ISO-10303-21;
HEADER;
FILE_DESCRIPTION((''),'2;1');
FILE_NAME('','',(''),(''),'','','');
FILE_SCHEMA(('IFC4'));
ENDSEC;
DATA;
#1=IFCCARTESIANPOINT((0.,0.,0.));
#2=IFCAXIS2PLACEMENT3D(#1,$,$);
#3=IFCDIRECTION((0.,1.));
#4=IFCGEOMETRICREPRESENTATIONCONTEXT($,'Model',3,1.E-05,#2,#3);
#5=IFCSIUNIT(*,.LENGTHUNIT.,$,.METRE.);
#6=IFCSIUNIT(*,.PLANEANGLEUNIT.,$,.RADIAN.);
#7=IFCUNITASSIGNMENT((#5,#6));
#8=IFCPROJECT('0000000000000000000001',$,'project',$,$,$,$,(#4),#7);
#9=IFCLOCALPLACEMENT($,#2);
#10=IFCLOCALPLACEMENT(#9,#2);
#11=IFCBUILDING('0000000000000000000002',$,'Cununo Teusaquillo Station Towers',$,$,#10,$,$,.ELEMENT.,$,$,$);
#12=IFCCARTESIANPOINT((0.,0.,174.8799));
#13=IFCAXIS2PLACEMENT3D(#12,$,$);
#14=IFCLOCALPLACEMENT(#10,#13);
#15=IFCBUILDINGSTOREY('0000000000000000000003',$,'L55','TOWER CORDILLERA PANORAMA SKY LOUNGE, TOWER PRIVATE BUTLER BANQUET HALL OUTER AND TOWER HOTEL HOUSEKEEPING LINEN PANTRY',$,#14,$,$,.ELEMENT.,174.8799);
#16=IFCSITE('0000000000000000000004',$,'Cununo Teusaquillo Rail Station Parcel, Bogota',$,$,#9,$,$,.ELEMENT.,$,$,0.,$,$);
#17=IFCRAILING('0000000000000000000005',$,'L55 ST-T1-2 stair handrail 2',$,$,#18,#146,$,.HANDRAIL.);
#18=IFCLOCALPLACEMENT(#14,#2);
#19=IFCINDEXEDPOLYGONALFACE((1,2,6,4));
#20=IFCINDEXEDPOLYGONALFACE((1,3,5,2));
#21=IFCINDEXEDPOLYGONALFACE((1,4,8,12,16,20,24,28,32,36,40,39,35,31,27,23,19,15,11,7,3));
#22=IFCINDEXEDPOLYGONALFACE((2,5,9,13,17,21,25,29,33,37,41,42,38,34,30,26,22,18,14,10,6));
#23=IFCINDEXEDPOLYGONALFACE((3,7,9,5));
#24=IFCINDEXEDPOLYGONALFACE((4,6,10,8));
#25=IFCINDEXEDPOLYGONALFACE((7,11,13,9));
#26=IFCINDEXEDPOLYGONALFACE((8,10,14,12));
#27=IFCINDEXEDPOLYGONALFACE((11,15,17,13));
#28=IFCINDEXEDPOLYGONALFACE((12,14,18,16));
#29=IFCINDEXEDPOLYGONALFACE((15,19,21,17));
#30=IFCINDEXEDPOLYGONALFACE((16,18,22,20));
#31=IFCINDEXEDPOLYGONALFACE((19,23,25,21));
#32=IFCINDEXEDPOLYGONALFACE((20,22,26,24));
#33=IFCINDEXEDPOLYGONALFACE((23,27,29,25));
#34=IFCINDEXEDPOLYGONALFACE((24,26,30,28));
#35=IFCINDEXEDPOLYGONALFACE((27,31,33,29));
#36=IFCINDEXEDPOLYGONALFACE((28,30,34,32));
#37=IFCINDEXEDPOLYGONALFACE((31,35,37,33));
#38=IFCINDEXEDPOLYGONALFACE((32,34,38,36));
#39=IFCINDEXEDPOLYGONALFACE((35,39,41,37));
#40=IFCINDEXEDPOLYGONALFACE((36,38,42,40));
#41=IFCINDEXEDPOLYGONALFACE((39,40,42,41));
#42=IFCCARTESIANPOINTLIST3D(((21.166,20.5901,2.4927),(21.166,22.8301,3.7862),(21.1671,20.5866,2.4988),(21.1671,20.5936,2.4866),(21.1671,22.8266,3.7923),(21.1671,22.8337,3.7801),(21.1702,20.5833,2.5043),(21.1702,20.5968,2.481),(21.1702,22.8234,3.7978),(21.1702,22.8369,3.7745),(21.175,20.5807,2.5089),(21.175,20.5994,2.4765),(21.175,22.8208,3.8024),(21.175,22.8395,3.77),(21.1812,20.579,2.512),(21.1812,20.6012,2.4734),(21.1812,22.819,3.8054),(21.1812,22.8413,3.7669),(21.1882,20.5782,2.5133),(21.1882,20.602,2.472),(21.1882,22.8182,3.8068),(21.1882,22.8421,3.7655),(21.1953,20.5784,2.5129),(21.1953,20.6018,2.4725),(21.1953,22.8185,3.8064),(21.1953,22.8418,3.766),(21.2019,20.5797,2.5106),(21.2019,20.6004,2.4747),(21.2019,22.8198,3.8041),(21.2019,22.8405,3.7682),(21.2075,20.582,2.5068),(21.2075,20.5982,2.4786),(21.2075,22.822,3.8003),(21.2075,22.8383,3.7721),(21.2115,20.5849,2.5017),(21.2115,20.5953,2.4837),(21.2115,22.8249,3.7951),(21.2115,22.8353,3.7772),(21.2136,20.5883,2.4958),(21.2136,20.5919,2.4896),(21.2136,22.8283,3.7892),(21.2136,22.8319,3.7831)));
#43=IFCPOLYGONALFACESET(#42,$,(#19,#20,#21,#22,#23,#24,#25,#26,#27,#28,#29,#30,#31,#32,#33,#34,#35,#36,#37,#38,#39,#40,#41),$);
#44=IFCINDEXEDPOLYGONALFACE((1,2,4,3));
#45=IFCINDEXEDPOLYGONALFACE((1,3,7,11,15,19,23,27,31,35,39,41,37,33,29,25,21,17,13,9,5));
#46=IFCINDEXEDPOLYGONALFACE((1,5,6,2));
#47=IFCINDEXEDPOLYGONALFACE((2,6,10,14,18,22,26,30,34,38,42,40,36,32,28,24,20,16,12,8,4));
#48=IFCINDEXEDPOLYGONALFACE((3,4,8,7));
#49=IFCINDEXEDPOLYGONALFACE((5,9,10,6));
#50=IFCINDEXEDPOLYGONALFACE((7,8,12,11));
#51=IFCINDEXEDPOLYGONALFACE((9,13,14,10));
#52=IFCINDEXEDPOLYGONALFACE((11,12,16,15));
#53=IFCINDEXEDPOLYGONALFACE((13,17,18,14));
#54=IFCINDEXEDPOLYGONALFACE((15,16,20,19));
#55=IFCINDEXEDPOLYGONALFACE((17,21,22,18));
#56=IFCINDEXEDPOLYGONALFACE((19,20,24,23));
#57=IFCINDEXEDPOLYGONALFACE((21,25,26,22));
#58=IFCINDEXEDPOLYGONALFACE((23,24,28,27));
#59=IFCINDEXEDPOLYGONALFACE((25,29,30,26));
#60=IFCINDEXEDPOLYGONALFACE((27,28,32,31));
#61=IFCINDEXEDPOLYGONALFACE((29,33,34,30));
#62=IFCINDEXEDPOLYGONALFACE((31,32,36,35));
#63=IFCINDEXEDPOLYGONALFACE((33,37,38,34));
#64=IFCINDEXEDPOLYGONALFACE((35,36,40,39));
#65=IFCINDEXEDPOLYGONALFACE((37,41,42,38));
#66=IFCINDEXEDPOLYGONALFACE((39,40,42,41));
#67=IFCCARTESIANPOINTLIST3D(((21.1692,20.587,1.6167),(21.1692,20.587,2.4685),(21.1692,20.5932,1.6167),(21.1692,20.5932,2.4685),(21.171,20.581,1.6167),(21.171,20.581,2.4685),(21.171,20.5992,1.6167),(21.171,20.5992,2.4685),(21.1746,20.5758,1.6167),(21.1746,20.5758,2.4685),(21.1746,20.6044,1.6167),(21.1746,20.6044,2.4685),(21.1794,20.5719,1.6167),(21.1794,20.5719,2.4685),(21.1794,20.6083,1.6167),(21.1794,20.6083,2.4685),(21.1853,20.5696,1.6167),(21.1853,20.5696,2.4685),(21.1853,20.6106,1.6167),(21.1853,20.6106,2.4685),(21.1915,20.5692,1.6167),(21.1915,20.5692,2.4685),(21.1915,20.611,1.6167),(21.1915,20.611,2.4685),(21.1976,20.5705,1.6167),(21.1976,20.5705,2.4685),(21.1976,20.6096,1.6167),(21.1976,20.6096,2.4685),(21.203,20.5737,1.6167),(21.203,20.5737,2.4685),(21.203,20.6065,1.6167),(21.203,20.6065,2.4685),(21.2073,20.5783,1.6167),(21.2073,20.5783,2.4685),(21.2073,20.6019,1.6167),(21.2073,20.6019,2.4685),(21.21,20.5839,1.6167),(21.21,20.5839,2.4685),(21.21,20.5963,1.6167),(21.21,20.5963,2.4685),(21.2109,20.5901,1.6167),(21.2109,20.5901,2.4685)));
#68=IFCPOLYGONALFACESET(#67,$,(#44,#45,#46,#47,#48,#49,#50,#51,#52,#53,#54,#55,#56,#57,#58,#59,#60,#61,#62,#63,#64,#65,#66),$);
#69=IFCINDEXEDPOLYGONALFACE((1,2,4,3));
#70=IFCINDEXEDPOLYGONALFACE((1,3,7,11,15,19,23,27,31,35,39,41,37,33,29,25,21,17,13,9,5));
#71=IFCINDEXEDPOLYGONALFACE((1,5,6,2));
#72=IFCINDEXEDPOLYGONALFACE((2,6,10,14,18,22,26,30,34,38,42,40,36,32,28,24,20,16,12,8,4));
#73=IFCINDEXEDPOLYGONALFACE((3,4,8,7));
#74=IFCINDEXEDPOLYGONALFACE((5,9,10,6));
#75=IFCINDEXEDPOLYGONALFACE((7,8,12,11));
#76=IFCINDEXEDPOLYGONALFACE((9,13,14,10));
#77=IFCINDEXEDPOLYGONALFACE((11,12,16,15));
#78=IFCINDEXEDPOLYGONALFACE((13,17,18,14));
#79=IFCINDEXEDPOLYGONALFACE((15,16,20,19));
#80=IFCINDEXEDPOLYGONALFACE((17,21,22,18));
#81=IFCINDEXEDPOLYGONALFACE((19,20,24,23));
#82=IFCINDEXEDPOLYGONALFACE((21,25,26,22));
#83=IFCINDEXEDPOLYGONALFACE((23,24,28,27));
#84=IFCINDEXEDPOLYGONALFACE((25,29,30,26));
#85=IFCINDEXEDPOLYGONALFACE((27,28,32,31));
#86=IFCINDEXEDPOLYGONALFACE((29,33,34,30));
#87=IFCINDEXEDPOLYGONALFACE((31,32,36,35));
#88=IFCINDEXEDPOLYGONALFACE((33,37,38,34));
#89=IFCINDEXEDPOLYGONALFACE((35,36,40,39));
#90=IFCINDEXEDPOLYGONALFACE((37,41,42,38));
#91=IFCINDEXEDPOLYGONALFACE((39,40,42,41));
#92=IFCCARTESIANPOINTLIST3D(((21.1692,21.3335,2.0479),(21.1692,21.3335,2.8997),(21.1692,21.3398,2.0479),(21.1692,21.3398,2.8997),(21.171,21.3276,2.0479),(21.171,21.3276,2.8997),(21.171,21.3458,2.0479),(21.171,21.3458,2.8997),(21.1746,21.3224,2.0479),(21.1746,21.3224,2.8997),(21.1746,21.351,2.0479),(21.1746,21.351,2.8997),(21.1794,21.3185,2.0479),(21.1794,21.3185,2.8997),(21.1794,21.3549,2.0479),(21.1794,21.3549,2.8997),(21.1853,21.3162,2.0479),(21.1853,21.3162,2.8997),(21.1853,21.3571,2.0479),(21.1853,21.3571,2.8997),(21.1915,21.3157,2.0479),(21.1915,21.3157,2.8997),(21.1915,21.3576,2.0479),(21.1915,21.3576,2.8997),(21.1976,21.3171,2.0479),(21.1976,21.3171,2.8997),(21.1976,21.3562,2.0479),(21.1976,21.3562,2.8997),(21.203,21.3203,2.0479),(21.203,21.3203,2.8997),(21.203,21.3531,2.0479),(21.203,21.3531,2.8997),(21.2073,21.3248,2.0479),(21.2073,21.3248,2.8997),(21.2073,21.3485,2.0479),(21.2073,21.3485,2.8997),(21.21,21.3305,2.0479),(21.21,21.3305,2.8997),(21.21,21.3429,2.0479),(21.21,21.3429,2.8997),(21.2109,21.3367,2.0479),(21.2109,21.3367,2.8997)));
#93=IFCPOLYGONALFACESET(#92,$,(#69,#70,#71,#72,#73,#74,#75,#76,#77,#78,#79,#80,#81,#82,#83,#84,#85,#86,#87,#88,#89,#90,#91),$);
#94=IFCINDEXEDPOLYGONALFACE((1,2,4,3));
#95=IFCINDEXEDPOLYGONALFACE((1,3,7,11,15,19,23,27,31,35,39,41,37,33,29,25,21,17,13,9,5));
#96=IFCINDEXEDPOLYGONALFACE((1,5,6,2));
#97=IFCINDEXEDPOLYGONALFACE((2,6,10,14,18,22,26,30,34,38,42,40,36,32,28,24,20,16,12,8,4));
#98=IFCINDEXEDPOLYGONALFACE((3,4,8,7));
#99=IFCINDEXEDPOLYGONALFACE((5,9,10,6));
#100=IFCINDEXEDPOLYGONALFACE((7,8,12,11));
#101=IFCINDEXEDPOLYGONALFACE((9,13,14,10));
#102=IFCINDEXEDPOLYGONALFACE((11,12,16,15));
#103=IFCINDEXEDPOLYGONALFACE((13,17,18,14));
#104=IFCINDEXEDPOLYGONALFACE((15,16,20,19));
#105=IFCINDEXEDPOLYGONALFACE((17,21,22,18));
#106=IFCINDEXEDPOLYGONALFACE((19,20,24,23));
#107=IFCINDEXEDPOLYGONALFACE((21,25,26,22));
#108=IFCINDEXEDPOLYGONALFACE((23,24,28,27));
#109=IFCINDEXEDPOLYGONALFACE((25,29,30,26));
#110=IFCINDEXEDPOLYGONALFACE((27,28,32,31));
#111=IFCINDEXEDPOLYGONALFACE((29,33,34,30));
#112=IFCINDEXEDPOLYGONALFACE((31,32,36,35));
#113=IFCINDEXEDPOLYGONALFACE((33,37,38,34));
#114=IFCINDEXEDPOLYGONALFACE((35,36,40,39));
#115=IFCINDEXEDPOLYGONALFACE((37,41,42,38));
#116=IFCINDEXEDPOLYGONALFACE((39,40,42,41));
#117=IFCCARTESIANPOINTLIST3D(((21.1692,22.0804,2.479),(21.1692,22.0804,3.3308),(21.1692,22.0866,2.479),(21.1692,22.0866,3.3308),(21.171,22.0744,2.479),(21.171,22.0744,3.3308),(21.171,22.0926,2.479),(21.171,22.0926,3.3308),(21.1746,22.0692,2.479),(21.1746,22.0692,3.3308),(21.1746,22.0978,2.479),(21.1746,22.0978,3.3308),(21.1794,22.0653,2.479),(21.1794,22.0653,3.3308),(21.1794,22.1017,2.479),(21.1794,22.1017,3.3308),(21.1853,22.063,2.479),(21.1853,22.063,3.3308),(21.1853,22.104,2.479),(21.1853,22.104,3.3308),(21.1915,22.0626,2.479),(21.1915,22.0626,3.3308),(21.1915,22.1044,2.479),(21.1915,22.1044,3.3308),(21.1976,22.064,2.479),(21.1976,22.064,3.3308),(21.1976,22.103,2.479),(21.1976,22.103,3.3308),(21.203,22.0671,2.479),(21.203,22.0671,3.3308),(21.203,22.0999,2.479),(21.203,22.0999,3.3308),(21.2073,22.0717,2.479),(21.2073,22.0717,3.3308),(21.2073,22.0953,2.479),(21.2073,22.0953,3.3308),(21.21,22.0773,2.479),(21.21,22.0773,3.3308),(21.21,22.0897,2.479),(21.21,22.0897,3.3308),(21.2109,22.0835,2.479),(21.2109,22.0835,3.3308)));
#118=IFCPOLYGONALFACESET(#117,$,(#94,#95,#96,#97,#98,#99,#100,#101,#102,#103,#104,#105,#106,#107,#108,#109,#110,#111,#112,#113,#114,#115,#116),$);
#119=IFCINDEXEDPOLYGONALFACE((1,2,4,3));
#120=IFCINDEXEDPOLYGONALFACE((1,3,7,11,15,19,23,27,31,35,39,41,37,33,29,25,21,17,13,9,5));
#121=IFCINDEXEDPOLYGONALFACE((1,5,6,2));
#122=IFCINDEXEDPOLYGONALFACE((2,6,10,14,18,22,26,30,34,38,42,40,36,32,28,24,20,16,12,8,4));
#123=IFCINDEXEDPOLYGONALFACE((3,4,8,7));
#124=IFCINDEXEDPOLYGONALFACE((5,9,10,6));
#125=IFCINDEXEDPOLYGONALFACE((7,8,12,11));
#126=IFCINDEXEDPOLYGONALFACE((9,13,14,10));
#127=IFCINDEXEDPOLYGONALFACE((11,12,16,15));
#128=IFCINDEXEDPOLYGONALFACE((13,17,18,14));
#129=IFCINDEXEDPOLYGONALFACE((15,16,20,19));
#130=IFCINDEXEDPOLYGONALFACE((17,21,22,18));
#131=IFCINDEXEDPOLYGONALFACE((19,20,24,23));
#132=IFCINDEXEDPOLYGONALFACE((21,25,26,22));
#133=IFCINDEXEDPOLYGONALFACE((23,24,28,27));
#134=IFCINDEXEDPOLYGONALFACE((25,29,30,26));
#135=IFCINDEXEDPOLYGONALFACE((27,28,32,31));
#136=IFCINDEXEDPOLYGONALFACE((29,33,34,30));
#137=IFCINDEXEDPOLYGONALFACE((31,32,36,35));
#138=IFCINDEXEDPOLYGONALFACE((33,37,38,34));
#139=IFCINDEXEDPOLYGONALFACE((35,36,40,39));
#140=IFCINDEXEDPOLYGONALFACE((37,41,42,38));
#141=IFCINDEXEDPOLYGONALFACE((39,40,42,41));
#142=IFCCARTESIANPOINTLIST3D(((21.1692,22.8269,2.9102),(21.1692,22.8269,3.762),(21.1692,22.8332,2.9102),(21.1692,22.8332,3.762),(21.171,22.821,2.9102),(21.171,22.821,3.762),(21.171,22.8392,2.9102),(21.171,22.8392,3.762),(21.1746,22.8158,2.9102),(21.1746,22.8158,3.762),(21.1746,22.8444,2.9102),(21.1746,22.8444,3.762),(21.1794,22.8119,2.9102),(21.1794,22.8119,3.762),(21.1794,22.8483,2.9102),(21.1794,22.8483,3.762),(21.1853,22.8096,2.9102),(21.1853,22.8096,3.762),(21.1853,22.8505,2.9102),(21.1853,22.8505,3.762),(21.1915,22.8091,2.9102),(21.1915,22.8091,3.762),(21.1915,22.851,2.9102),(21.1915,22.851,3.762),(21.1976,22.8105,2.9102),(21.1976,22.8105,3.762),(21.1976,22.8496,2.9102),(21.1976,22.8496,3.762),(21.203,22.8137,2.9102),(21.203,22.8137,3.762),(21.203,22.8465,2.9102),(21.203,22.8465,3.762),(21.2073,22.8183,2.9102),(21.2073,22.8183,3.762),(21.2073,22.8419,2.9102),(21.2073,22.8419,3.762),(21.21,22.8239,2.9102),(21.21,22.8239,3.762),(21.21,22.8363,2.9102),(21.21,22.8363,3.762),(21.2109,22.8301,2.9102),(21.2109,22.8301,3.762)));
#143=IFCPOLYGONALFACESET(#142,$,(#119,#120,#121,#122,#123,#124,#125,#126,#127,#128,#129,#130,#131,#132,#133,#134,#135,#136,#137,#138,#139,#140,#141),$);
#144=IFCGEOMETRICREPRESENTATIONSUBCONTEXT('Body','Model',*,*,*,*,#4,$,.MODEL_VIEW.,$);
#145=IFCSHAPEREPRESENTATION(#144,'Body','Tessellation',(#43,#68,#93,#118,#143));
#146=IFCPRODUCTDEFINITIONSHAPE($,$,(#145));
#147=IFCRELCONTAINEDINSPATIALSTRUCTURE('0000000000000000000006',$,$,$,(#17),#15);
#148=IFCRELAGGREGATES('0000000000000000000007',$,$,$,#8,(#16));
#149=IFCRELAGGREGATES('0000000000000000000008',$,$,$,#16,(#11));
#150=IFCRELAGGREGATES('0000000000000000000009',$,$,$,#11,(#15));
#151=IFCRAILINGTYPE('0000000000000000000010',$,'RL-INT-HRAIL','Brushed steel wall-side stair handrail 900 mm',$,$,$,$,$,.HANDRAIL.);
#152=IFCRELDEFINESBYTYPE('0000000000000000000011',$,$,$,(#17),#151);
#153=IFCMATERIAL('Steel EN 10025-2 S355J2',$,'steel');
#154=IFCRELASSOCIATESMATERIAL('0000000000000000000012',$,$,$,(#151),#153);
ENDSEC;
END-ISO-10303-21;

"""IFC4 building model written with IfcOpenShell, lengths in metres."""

from ifc_helpers import new_model, si_unit, direction, frame, origin, origin_2d, place, context, subcontext, project, spatial, circle, extrude, material, type_object, element, save


model = new_model("IFC4")

# Units and contexts
model_context = context("Model", 3, precision=1e-05, world=origin(), true_north=direction((0.0, 1.0)))
body_context = subcontext(model_context, "Body", "Model", "MODEL_VIEW")
ifc_project = project(units=[si_unit("LENGTHUNIT", "METRE"), si_unit("PLANEANGLEUNIT", "RADIAN")], contexts=[model_context])

# Site, building, storey
site_placement = place(None, origin())
site = spatial("IfcSite", under=ifc_project, at=site_placement, Name="Cununo Teusaquillo Rail Station Parcel, Bogota", CompositionType="ELEMENT", RefElevation=0.0)
building_placement = place(site_placement, origin())
building = spatial("IfcBuilding", under=site, at=building_placement, Name="Cununo Teusaquillo Station Towers", CompositionType="ELEMENT")
storey_placement = place(building_placement, frame((0.0, 0.0, 174.8799)))
storey = spatial("IfcBuildingStorey", under=building, at=storey_placement, Name="L55", Description="TOWER CORDILLERA PANORAMA SKY LOUNGE, TOWER PRIVATE BUTLER BANQUET HALL OUTER AND TOWER HOTEL HOUSEKEEPING LINEN PANTRY", CompositionType="ELEMENT", Elevation=174.8799)

# Railing
ifc_material_1 = material(Name="Steel EN 10025-2 S355J2", Category="steel")
railing_type_1 = type_object("IfcRailingType", Name="RL-INT-HRAIL", Description="Brushed steel wall-side stair handrail 900 mm", PredefinedType="HANDRAIL", material=ifc_material_1)
railing_1_placement = place(storey_placement, frame((21.1899, 20.5901, 1.6167)))
element("IfcRailing", 1, at=railing_1_placement, inside=storey, type_object=railing_type_1, Name="L55 ST-T1-2 stair handrail 2", PredefinedType="HANDRAIL", context=body_context, shape_type="SweptSolid", body=[
    extrude(circle(Radius=0.0239, at=origin_2d()), frame((0.0, 0.0, 0.876), z_axis=(0.0, 0.865992, 0.500057), x_axis=(-1.0, 0.0, 0.0)), (0.0, 0.0, 1.0), 2.5867),
    extrude(circle(Radius=0.021, at=origin_2d()), origin(), (0.0, 0.0, 1.0), 0.8518),
    extrude(circle(Radius=0.021, at=origin_2d()), frame((0.0, 0.7466, 0.4312)), (0.0, 0.0, 1.0), 0.8518),
    extrude(circle(Radius=0.021, at=origin_2d()), frame((0.0, 1.4934, 0.8623)), (0.0, 0.0, 1.0), 0.8518),
    extrude(circle(Radius=0.021, at=origin_2d()), frame((0.0, 2.24, 1.2935)), (0.0, 0.0, 1.0), 0.8518),
])

save(model, "model.ifc")
